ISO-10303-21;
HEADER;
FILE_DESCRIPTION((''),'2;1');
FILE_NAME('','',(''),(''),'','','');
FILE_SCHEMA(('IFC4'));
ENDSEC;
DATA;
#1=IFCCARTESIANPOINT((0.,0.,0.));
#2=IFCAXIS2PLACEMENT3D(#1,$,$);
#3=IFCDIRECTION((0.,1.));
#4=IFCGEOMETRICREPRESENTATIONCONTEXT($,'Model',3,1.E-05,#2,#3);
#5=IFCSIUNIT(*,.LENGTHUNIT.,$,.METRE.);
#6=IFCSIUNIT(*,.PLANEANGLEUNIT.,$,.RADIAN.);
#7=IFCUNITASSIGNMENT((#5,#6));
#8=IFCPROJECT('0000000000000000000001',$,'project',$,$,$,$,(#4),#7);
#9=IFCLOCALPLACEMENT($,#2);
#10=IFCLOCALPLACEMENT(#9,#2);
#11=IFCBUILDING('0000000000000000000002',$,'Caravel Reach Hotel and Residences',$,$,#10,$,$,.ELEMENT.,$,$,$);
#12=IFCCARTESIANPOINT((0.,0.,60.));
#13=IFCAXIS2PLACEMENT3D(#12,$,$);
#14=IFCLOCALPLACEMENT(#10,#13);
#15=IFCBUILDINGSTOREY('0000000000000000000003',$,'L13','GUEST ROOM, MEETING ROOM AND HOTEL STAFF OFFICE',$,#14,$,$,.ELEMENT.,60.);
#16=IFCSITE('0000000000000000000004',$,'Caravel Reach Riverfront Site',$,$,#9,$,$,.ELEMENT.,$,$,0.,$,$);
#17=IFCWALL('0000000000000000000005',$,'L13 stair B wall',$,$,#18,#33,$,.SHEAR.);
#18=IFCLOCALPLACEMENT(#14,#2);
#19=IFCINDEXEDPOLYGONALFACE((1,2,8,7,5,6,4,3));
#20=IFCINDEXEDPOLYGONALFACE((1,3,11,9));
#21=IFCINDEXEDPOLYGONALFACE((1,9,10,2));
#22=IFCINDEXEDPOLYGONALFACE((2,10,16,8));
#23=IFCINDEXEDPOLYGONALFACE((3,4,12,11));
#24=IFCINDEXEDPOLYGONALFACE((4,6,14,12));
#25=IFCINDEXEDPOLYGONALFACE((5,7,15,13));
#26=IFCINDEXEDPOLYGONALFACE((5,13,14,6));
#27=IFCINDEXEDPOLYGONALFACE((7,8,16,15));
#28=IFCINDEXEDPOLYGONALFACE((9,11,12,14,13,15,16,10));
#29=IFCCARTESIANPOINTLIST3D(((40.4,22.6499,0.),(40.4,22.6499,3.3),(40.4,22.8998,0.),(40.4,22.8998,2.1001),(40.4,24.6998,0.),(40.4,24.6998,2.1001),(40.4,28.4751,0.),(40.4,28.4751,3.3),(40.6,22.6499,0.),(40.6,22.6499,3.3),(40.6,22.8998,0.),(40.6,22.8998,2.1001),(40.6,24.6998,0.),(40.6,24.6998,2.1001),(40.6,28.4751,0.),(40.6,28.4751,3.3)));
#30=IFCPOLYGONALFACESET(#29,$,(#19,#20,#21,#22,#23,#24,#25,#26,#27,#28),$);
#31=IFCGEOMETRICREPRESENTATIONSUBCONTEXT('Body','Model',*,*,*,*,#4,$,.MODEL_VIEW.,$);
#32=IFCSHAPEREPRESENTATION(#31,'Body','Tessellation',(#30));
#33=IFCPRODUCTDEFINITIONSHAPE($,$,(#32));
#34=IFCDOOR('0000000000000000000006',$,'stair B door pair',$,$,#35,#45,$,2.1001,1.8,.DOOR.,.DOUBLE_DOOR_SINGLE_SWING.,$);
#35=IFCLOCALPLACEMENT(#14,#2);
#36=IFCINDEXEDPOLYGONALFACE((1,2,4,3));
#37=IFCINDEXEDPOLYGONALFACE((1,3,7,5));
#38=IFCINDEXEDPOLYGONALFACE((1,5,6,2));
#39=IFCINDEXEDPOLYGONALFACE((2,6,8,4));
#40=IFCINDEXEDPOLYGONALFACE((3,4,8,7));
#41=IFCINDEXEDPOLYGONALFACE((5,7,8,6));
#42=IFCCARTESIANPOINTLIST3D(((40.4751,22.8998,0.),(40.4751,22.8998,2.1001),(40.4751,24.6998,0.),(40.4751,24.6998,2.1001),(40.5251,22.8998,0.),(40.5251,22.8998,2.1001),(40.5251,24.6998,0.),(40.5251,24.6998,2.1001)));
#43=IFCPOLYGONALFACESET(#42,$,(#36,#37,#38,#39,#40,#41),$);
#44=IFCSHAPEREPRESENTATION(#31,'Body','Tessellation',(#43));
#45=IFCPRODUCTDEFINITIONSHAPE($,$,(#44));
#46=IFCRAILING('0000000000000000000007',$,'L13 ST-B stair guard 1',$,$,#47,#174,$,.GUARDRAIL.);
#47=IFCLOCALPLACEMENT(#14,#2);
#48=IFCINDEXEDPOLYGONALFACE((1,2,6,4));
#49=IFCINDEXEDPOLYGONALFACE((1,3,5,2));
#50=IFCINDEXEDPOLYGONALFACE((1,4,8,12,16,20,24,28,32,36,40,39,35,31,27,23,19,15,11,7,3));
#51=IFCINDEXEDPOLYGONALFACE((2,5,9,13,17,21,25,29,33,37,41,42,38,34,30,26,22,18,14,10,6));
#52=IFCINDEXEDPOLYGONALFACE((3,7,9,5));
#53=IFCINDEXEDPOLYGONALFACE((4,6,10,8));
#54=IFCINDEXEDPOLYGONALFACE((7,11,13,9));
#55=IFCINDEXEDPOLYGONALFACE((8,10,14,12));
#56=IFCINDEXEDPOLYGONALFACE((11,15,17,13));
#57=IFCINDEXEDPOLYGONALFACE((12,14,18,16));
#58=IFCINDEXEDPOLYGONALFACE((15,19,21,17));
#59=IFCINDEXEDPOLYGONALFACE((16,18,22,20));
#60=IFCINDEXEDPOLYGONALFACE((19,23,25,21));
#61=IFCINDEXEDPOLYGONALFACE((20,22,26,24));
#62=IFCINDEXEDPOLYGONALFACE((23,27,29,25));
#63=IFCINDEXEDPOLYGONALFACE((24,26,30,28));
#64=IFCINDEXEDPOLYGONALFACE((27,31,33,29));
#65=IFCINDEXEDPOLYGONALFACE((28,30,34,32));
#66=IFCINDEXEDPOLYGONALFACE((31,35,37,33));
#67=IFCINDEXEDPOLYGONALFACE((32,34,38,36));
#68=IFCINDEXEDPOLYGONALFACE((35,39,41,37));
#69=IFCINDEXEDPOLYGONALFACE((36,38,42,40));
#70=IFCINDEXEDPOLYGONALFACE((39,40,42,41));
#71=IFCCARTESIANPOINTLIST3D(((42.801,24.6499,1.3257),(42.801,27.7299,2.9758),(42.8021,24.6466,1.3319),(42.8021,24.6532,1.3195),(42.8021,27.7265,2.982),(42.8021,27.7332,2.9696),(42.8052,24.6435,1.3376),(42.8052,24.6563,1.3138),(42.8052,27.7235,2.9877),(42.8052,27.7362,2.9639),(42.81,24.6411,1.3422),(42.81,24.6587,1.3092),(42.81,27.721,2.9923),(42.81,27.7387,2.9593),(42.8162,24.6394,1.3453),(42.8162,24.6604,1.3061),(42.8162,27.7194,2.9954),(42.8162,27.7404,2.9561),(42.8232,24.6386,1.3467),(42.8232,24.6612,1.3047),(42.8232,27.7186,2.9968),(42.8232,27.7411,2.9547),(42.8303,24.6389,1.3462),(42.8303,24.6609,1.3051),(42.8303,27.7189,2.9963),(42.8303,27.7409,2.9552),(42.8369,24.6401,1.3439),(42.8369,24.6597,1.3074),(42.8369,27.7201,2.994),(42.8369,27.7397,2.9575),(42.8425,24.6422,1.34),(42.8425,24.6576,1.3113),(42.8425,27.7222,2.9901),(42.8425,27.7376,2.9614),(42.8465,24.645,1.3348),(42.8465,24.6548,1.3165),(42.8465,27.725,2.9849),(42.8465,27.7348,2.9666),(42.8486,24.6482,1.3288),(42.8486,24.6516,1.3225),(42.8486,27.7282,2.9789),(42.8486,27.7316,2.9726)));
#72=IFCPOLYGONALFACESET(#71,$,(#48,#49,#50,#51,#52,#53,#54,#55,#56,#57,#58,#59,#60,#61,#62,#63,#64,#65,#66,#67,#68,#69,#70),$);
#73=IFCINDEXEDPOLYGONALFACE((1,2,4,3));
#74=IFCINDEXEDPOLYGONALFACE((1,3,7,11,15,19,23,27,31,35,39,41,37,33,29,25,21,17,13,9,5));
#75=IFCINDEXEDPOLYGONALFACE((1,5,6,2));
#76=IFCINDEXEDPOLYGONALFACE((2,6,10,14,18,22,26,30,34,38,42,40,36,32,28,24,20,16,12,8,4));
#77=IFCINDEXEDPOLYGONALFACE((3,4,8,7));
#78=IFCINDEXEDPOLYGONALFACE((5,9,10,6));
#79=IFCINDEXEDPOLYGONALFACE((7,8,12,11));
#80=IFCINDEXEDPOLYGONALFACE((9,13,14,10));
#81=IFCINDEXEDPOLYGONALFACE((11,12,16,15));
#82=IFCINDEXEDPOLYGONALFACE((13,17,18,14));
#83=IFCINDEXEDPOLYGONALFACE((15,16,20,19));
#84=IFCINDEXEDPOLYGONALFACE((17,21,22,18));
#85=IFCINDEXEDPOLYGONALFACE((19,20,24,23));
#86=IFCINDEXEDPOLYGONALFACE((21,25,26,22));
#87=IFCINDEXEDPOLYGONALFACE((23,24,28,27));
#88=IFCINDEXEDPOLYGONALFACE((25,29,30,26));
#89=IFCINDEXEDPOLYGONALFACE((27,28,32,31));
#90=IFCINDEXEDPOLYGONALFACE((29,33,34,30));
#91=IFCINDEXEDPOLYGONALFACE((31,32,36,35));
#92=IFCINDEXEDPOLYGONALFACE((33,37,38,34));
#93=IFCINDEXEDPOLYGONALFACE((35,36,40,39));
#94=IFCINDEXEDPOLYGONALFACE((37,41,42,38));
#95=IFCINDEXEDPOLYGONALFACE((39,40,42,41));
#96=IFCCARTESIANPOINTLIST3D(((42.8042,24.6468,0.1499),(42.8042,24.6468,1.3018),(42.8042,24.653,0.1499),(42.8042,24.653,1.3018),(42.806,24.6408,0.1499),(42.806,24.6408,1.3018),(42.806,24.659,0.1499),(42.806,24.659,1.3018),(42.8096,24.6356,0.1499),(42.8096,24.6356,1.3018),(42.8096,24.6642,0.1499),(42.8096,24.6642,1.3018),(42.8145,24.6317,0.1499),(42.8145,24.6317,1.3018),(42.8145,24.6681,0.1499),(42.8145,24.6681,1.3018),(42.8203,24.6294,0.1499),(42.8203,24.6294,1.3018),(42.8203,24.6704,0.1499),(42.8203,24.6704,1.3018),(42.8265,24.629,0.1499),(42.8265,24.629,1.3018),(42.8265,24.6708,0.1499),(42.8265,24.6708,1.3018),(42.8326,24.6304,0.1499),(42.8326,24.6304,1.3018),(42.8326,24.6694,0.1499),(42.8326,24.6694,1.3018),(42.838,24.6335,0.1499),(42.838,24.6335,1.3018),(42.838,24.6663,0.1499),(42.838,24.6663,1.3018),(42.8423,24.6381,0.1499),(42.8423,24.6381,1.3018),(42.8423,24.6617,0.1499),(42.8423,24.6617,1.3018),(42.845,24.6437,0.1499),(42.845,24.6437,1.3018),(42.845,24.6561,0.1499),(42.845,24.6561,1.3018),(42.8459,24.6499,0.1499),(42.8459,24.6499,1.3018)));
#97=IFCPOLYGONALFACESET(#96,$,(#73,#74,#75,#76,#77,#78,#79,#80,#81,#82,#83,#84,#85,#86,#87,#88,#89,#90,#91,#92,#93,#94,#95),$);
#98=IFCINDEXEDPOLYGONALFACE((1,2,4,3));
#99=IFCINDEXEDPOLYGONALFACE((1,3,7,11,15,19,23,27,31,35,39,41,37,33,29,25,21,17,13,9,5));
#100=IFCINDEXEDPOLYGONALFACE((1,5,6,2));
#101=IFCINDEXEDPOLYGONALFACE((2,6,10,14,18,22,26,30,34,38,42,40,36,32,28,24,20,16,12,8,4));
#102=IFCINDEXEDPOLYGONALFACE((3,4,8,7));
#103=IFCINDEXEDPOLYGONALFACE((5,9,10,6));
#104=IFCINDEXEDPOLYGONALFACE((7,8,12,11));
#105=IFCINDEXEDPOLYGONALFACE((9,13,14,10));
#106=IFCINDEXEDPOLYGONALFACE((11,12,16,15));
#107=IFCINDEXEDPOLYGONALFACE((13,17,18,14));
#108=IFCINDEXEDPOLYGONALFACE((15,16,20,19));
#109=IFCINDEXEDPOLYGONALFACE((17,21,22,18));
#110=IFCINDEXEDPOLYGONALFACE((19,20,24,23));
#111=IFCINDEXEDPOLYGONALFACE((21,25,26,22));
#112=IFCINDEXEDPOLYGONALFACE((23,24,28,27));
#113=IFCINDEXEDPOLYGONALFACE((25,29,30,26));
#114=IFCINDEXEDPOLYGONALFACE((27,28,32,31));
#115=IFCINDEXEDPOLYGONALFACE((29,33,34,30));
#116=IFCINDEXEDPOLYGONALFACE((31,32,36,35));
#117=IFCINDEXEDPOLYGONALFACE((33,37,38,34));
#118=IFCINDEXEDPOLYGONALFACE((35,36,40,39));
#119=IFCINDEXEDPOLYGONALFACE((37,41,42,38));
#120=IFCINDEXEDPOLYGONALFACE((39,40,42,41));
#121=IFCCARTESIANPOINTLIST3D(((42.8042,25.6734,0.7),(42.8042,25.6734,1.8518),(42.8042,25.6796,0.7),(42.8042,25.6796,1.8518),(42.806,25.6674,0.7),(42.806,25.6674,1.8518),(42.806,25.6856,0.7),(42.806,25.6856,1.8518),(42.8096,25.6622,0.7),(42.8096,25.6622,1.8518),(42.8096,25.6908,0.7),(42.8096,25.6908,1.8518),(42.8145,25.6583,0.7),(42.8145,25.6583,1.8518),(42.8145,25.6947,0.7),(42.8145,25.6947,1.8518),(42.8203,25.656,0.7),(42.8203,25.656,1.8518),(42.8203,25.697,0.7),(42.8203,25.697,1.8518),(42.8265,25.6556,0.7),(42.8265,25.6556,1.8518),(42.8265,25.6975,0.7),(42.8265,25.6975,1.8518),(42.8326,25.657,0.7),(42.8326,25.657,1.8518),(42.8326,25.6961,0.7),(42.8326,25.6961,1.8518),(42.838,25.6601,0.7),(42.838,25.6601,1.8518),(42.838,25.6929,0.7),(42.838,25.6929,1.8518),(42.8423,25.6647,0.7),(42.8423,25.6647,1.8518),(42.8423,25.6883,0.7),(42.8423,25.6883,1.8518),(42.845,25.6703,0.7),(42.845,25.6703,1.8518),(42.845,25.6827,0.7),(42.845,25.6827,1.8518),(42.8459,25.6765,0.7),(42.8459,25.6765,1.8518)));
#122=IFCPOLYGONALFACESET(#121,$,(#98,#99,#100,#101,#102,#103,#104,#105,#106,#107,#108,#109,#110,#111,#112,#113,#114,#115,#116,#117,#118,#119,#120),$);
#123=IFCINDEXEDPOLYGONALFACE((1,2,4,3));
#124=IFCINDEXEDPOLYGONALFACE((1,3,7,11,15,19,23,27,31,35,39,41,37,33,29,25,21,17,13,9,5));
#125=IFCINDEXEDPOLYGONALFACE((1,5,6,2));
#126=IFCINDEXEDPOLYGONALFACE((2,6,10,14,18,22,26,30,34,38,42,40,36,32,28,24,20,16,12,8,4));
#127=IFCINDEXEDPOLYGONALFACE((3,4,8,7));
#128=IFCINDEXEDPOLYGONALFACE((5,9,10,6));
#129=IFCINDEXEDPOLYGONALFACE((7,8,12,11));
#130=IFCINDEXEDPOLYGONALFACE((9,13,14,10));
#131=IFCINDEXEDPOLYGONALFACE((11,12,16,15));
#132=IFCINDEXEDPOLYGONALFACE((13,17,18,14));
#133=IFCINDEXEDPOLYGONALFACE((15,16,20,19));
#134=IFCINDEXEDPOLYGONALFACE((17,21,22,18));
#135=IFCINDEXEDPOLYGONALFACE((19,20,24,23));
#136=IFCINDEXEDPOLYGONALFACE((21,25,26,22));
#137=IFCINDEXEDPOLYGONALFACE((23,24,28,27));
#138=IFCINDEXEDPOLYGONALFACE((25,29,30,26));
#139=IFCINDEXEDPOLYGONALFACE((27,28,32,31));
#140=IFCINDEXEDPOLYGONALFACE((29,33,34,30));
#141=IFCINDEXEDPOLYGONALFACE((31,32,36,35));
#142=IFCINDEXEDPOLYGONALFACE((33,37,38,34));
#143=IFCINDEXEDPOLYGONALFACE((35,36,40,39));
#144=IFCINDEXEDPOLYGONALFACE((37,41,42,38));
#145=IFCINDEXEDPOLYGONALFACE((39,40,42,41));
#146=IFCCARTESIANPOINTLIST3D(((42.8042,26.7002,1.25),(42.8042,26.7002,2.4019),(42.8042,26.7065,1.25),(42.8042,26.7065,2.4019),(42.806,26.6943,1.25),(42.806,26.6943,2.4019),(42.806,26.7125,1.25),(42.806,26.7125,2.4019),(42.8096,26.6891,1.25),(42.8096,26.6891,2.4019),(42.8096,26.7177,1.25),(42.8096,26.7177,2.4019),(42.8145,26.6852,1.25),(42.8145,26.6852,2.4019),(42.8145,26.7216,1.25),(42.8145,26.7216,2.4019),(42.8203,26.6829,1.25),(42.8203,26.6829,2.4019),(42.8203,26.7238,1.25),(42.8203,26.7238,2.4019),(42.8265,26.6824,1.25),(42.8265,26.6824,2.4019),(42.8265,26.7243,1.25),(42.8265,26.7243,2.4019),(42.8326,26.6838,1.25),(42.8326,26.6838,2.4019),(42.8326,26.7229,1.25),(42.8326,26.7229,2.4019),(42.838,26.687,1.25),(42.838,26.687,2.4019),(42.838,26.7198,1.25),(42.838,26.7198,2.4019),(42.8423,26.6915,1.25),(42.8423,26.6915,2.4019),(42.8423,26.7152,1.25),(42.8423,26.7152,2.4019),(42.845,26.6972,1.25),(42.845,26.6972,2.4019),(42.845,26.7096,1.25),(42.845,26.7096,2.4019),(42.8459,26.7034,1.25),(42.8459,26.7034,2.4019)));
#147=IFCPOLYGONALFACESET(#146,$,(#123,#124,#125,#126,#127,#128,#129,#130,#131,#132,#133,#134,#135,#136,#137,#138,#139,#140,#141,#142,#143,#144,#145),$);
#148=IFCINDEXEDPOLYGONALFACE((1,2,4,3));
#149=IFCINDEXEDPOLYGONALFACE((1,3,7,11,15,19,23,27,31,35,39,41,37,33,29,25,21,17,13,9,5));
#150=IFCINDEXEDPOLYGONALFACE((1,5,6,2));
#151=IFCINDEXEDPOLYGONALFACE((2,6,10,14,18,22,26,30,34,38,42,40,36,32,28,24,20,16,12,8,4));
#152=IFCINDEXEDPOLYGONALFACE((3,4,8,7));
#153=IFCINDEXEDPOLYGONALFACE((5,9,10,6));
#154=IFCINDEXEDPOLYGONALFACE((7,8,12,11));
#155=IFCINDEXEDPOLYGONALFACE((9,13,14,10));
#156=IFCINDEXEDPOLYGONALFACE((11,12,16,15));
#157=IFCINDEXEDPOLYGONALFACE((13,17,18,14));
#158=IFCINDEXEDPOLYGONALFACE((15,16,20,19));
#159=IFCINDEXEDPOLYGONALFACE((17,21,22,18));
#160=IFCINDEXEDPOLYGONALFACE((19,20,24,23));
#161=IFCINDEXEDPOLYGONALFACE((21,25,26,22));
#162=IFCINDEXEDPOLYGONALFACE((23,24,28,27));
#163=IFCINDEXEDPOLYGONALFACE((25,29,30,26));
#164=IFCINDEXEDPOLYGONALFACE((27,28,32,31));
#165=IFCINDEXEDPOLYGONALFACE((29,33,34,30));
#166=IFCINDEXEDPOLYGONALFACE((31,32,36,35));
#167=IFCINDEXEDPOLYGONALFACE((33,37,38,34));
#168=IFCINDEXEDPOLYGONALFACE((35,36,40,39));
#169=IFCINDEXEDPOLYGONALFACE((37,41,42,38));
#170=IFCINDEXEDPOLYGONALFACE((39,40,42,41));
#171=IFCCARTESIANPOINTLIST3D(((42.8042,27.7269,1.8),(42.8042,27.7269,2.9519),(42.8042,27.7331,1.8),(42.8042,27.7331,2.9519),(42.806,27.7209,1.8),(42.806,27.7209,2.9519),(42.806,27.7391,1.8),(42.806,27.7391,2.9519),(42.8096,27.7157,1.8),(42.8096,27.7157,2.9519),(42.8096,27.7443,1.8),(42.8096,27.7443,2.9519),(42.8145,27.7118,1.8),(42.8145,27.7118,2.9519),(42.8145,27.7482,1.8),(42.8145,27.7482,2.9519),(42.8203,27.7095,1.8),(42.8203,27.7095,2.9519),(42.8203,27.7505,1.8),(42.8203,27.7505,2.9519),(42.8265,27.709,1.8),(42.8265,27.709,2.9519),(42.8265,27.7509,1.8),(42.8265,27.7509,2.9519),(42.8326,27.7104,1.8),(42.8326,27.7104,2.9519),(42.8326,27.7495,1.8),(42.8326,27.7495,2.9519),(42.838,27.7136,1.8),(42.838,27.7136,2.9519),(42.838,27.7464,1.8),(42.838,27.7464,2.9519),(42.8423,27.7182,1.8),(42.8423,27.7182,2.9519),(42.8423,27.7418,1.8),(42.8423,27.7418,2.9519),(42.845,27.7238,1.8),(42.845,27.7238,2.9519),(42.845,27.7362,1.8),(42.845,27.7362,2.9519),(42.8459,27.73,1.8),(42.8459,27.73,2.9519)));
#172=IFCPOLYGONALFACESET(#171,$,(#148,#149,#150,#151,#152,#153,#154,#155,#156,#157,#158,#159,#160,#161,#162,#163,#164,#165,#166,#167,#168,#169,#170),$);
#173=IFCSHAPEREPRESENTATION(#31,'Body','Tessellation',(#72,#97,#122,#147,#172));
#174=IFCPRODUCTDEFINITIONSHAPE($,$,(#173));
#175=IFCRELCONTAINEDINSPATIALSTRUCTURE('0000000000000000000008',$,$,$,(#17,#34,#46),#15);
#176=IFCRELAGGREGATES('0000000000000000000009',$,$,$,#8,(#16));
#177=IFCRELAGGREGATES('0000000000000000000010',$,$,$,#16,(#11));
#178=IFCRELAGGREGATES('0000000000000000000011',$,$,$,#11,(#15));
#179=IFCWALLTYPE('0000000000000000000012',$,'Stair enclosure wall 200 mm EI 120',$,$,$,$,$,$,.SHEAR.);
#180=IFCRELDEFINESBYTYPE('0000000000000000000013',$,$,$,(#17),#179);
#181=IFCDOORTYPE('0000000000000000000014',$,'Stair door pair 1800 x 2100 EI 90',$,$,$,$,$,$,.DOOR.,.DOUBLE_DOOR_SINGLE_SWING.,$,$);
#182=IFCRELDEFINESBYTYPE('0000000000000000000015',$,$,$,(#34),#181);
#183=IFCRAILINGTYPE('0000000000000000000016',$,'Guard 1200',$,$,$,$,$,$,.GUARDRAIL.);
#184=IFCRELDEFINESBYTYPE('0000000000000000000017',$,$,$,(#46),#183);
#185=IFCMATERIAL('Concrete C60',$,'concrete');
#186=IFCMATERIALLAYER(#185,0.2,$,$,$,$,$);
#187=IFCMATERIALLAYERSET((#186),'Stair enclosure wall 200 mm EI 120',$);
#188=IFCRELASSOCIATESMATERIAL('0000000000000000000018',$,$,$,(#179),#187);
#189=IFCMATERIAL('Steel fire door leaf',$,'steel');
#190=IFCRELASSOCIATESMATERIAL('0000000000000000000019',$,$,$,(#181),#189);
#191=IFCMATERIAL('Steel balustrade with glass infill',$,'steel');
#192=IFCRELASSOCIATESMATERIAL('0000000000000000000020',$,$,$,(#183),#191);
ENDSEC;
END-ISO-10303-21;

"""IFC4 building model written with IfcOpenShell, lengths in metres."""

from ifc_helpers import new_model, si_unit, direction, frame, frame_2d, origin, origin_2d, place, context, subcontext, project, spatial, rectangle, circle, extrude, material, layer, layer_set, type_object, element, fill, save


model = new_model("IFC4")

# Units and contexts
model_context = context("Model", 3, precision=1e-05, world=origin(), true_north=direction((0.0, 1.0)))
body_context = subcontext(model_context, "Body", "Model", "MODEL_VIEW")
ifc_project = project(units=[si_unit("LENGTHUNIT", "METRE"), si_unit("PLANEANGLEUNIT", "RADIAN")], contexts=[model_context])

# Site, building, storey
site_placement = place(None, origin())
site = spatial("IfcSite", under=ifc_project, at=site_placement, Name="Caravel Reach Riverfront Site", CompositionType="ELEMENT", RefElevation=0.0)
building_placement = place(site_placement, origin())
building = spatial("IfcBuilding", under=site, at=building_placement, Name="Caravel Reach Hotel and Residences", CompositionType="ELEMENT")
storey_placement = place(building_placement, frame((0.0, 0.0, 60.0)))
storey = spatial("IfcBuildingStorey", under=building, at=storey_placement, Name="L13", Description="GUEST ROOM, MEETING ROOM AND HOTEL STAFF OFFICE", CompositionType="ELEMENT", Elevation=60.0)

# Wall, opening, door
ifc_material_1 = material(Name="Concrete C60", Category="concrete")
ifc_layer_1 = layer(ifc_material_1, 0.2)
ifc_layer_set_1 = layer_set([ifc_layer_1], Name="Stair enclosure wall 200 mm EI 120")
wall_type_1 = type_object("IfcWallType", Name="Stair enclosure wall 200 mm EI 120", PredefinedType="SHEAR", material=ifc_layer_set_1)
wall_1_placement = place(storey_placement, frame((40.5, 22.6499, 0.0), z_axis=(0.0, 0.0, 1.0), x_axis=(0.0, 1.0, 0.0)))
wall_1 = element("IfcWall", 1, at=wall_1_placement, inside=storey, type_object=wall_type_1, Name="L13 stair B wall", PredefinedType="SHEAR", context=body_context, shape_type="SweptSolid", body=[
    extrude(rectangle(XDim=5.8252, YDim=0.2, at=frame_2d((2.9126, 0.0))), origin(), (0.0, 0.0, 1.0), 3.3),
])
opening_1_placement = place(wall_1_placement, frame((0.25, 0.0, 0.0)))
opening_1 = element("IfcOpeningElement", 2, at=opening_1_placement, cuts=wall_1, PredefinedType="OPENING", context=body_context, shape_type="SweptSolid", body=[
    extrude(rectangle(XDim=1.8, YDim=2.1001, at=frame_2d((0.8999, 1.05))), frame((0.0, 0.1099, 0.0), z_axis=(0.0, -1.0, 0.0), x_axis=(1.0, 0.0, 0.0)), (0.0, 0.0, 1.0), 0.22),
])
ifc_material_2 = material(Name="Steel fire door leaf", Category="steel")
door_type_1 = type_object("IfcDoorType", Name="Stair door pair 1800 x 2100 EI 90", OperationType="DOUBLE_DOOR_SINGLE_SWING", PredefinedType="DOOR", material=ifc_material_2)
door_1_placement = place(opening_1_placement, origin())
door_1 = element("IfcDoor", 3, at=door_1_placement, inside=storey, type_object=door_type_1, Name="stair B door pair", OperationType="DOUBLE_DOOR_SINGLE_SWING", OverallHeight=2.1001, OverallWidth=1.8, PredefinedType="DOOR", context=body_context, shape_type="SweptSolid", body=[
    extrude(rectangle(XDim=1.8, YDim=2.1001, at=frame_2d((0.8999, 1.05))), frame((0.0, 0.0249, 0.0), z_axis=(0.0, -1.0, 0.0), x_axis=(1.0, 0.0, 0.0)), (0.0, 0.0, 1.0), 0.05),
])
fill(opening_1, door_1)

# Railing
ifc_material_3 = material(Name="Steel balustrade with glass infill", Category="steel")
railing_type_1 = type_object("IfcRailingType", Name="Guard 1200", PredefinedType="GUARDRAIL", material=ifc_material_3)
railing_1_placement = place(storey_placement, frame((42.825, 24.6499, 0.1499)))
element("IfcRailing", 4, at=railing_1_placement, inside=storey, type_object=railing_type_1, Name="L13 ST-B stair guard 1", PredefinedType="GUARDRAIL", context=body_context, shape_type="SweptSolid", body=[
    extrude(circle(Radius=0.0239, at=origin_2d()), frame((0.0, 0.0, 1.1758), z_axis=(0.0, 0.881468, 0.472245), x_axis=(-1.0, 0.0, 0.0)), (0.0, 0.0, 1.0), 3.4941),
    extrude(circle(Radius=0.021, at=origin_2d()), origin(), (0.0, 0.0, 1.0), 1.1519),
    extrude(circle(Radius=0.021, at=origin_2d()), frame((0.0, 1.0266, 0.55)), (0.0, 0.0, 1.0), 1.1519),
    extrude(circle(Radius=0.021, at=origin_2d()), frame((0.0, 2.0535, 1.1001)), (0.0, 0.0, 1.0), 1.1519),
    extrude(circle(Radius=0.021, at=origin_2d()), frame((0.0, 3.0801, 1.6501)), (0.0, 0.0, 1.0), 1.1519),
])

save(model, "model.ifc")
